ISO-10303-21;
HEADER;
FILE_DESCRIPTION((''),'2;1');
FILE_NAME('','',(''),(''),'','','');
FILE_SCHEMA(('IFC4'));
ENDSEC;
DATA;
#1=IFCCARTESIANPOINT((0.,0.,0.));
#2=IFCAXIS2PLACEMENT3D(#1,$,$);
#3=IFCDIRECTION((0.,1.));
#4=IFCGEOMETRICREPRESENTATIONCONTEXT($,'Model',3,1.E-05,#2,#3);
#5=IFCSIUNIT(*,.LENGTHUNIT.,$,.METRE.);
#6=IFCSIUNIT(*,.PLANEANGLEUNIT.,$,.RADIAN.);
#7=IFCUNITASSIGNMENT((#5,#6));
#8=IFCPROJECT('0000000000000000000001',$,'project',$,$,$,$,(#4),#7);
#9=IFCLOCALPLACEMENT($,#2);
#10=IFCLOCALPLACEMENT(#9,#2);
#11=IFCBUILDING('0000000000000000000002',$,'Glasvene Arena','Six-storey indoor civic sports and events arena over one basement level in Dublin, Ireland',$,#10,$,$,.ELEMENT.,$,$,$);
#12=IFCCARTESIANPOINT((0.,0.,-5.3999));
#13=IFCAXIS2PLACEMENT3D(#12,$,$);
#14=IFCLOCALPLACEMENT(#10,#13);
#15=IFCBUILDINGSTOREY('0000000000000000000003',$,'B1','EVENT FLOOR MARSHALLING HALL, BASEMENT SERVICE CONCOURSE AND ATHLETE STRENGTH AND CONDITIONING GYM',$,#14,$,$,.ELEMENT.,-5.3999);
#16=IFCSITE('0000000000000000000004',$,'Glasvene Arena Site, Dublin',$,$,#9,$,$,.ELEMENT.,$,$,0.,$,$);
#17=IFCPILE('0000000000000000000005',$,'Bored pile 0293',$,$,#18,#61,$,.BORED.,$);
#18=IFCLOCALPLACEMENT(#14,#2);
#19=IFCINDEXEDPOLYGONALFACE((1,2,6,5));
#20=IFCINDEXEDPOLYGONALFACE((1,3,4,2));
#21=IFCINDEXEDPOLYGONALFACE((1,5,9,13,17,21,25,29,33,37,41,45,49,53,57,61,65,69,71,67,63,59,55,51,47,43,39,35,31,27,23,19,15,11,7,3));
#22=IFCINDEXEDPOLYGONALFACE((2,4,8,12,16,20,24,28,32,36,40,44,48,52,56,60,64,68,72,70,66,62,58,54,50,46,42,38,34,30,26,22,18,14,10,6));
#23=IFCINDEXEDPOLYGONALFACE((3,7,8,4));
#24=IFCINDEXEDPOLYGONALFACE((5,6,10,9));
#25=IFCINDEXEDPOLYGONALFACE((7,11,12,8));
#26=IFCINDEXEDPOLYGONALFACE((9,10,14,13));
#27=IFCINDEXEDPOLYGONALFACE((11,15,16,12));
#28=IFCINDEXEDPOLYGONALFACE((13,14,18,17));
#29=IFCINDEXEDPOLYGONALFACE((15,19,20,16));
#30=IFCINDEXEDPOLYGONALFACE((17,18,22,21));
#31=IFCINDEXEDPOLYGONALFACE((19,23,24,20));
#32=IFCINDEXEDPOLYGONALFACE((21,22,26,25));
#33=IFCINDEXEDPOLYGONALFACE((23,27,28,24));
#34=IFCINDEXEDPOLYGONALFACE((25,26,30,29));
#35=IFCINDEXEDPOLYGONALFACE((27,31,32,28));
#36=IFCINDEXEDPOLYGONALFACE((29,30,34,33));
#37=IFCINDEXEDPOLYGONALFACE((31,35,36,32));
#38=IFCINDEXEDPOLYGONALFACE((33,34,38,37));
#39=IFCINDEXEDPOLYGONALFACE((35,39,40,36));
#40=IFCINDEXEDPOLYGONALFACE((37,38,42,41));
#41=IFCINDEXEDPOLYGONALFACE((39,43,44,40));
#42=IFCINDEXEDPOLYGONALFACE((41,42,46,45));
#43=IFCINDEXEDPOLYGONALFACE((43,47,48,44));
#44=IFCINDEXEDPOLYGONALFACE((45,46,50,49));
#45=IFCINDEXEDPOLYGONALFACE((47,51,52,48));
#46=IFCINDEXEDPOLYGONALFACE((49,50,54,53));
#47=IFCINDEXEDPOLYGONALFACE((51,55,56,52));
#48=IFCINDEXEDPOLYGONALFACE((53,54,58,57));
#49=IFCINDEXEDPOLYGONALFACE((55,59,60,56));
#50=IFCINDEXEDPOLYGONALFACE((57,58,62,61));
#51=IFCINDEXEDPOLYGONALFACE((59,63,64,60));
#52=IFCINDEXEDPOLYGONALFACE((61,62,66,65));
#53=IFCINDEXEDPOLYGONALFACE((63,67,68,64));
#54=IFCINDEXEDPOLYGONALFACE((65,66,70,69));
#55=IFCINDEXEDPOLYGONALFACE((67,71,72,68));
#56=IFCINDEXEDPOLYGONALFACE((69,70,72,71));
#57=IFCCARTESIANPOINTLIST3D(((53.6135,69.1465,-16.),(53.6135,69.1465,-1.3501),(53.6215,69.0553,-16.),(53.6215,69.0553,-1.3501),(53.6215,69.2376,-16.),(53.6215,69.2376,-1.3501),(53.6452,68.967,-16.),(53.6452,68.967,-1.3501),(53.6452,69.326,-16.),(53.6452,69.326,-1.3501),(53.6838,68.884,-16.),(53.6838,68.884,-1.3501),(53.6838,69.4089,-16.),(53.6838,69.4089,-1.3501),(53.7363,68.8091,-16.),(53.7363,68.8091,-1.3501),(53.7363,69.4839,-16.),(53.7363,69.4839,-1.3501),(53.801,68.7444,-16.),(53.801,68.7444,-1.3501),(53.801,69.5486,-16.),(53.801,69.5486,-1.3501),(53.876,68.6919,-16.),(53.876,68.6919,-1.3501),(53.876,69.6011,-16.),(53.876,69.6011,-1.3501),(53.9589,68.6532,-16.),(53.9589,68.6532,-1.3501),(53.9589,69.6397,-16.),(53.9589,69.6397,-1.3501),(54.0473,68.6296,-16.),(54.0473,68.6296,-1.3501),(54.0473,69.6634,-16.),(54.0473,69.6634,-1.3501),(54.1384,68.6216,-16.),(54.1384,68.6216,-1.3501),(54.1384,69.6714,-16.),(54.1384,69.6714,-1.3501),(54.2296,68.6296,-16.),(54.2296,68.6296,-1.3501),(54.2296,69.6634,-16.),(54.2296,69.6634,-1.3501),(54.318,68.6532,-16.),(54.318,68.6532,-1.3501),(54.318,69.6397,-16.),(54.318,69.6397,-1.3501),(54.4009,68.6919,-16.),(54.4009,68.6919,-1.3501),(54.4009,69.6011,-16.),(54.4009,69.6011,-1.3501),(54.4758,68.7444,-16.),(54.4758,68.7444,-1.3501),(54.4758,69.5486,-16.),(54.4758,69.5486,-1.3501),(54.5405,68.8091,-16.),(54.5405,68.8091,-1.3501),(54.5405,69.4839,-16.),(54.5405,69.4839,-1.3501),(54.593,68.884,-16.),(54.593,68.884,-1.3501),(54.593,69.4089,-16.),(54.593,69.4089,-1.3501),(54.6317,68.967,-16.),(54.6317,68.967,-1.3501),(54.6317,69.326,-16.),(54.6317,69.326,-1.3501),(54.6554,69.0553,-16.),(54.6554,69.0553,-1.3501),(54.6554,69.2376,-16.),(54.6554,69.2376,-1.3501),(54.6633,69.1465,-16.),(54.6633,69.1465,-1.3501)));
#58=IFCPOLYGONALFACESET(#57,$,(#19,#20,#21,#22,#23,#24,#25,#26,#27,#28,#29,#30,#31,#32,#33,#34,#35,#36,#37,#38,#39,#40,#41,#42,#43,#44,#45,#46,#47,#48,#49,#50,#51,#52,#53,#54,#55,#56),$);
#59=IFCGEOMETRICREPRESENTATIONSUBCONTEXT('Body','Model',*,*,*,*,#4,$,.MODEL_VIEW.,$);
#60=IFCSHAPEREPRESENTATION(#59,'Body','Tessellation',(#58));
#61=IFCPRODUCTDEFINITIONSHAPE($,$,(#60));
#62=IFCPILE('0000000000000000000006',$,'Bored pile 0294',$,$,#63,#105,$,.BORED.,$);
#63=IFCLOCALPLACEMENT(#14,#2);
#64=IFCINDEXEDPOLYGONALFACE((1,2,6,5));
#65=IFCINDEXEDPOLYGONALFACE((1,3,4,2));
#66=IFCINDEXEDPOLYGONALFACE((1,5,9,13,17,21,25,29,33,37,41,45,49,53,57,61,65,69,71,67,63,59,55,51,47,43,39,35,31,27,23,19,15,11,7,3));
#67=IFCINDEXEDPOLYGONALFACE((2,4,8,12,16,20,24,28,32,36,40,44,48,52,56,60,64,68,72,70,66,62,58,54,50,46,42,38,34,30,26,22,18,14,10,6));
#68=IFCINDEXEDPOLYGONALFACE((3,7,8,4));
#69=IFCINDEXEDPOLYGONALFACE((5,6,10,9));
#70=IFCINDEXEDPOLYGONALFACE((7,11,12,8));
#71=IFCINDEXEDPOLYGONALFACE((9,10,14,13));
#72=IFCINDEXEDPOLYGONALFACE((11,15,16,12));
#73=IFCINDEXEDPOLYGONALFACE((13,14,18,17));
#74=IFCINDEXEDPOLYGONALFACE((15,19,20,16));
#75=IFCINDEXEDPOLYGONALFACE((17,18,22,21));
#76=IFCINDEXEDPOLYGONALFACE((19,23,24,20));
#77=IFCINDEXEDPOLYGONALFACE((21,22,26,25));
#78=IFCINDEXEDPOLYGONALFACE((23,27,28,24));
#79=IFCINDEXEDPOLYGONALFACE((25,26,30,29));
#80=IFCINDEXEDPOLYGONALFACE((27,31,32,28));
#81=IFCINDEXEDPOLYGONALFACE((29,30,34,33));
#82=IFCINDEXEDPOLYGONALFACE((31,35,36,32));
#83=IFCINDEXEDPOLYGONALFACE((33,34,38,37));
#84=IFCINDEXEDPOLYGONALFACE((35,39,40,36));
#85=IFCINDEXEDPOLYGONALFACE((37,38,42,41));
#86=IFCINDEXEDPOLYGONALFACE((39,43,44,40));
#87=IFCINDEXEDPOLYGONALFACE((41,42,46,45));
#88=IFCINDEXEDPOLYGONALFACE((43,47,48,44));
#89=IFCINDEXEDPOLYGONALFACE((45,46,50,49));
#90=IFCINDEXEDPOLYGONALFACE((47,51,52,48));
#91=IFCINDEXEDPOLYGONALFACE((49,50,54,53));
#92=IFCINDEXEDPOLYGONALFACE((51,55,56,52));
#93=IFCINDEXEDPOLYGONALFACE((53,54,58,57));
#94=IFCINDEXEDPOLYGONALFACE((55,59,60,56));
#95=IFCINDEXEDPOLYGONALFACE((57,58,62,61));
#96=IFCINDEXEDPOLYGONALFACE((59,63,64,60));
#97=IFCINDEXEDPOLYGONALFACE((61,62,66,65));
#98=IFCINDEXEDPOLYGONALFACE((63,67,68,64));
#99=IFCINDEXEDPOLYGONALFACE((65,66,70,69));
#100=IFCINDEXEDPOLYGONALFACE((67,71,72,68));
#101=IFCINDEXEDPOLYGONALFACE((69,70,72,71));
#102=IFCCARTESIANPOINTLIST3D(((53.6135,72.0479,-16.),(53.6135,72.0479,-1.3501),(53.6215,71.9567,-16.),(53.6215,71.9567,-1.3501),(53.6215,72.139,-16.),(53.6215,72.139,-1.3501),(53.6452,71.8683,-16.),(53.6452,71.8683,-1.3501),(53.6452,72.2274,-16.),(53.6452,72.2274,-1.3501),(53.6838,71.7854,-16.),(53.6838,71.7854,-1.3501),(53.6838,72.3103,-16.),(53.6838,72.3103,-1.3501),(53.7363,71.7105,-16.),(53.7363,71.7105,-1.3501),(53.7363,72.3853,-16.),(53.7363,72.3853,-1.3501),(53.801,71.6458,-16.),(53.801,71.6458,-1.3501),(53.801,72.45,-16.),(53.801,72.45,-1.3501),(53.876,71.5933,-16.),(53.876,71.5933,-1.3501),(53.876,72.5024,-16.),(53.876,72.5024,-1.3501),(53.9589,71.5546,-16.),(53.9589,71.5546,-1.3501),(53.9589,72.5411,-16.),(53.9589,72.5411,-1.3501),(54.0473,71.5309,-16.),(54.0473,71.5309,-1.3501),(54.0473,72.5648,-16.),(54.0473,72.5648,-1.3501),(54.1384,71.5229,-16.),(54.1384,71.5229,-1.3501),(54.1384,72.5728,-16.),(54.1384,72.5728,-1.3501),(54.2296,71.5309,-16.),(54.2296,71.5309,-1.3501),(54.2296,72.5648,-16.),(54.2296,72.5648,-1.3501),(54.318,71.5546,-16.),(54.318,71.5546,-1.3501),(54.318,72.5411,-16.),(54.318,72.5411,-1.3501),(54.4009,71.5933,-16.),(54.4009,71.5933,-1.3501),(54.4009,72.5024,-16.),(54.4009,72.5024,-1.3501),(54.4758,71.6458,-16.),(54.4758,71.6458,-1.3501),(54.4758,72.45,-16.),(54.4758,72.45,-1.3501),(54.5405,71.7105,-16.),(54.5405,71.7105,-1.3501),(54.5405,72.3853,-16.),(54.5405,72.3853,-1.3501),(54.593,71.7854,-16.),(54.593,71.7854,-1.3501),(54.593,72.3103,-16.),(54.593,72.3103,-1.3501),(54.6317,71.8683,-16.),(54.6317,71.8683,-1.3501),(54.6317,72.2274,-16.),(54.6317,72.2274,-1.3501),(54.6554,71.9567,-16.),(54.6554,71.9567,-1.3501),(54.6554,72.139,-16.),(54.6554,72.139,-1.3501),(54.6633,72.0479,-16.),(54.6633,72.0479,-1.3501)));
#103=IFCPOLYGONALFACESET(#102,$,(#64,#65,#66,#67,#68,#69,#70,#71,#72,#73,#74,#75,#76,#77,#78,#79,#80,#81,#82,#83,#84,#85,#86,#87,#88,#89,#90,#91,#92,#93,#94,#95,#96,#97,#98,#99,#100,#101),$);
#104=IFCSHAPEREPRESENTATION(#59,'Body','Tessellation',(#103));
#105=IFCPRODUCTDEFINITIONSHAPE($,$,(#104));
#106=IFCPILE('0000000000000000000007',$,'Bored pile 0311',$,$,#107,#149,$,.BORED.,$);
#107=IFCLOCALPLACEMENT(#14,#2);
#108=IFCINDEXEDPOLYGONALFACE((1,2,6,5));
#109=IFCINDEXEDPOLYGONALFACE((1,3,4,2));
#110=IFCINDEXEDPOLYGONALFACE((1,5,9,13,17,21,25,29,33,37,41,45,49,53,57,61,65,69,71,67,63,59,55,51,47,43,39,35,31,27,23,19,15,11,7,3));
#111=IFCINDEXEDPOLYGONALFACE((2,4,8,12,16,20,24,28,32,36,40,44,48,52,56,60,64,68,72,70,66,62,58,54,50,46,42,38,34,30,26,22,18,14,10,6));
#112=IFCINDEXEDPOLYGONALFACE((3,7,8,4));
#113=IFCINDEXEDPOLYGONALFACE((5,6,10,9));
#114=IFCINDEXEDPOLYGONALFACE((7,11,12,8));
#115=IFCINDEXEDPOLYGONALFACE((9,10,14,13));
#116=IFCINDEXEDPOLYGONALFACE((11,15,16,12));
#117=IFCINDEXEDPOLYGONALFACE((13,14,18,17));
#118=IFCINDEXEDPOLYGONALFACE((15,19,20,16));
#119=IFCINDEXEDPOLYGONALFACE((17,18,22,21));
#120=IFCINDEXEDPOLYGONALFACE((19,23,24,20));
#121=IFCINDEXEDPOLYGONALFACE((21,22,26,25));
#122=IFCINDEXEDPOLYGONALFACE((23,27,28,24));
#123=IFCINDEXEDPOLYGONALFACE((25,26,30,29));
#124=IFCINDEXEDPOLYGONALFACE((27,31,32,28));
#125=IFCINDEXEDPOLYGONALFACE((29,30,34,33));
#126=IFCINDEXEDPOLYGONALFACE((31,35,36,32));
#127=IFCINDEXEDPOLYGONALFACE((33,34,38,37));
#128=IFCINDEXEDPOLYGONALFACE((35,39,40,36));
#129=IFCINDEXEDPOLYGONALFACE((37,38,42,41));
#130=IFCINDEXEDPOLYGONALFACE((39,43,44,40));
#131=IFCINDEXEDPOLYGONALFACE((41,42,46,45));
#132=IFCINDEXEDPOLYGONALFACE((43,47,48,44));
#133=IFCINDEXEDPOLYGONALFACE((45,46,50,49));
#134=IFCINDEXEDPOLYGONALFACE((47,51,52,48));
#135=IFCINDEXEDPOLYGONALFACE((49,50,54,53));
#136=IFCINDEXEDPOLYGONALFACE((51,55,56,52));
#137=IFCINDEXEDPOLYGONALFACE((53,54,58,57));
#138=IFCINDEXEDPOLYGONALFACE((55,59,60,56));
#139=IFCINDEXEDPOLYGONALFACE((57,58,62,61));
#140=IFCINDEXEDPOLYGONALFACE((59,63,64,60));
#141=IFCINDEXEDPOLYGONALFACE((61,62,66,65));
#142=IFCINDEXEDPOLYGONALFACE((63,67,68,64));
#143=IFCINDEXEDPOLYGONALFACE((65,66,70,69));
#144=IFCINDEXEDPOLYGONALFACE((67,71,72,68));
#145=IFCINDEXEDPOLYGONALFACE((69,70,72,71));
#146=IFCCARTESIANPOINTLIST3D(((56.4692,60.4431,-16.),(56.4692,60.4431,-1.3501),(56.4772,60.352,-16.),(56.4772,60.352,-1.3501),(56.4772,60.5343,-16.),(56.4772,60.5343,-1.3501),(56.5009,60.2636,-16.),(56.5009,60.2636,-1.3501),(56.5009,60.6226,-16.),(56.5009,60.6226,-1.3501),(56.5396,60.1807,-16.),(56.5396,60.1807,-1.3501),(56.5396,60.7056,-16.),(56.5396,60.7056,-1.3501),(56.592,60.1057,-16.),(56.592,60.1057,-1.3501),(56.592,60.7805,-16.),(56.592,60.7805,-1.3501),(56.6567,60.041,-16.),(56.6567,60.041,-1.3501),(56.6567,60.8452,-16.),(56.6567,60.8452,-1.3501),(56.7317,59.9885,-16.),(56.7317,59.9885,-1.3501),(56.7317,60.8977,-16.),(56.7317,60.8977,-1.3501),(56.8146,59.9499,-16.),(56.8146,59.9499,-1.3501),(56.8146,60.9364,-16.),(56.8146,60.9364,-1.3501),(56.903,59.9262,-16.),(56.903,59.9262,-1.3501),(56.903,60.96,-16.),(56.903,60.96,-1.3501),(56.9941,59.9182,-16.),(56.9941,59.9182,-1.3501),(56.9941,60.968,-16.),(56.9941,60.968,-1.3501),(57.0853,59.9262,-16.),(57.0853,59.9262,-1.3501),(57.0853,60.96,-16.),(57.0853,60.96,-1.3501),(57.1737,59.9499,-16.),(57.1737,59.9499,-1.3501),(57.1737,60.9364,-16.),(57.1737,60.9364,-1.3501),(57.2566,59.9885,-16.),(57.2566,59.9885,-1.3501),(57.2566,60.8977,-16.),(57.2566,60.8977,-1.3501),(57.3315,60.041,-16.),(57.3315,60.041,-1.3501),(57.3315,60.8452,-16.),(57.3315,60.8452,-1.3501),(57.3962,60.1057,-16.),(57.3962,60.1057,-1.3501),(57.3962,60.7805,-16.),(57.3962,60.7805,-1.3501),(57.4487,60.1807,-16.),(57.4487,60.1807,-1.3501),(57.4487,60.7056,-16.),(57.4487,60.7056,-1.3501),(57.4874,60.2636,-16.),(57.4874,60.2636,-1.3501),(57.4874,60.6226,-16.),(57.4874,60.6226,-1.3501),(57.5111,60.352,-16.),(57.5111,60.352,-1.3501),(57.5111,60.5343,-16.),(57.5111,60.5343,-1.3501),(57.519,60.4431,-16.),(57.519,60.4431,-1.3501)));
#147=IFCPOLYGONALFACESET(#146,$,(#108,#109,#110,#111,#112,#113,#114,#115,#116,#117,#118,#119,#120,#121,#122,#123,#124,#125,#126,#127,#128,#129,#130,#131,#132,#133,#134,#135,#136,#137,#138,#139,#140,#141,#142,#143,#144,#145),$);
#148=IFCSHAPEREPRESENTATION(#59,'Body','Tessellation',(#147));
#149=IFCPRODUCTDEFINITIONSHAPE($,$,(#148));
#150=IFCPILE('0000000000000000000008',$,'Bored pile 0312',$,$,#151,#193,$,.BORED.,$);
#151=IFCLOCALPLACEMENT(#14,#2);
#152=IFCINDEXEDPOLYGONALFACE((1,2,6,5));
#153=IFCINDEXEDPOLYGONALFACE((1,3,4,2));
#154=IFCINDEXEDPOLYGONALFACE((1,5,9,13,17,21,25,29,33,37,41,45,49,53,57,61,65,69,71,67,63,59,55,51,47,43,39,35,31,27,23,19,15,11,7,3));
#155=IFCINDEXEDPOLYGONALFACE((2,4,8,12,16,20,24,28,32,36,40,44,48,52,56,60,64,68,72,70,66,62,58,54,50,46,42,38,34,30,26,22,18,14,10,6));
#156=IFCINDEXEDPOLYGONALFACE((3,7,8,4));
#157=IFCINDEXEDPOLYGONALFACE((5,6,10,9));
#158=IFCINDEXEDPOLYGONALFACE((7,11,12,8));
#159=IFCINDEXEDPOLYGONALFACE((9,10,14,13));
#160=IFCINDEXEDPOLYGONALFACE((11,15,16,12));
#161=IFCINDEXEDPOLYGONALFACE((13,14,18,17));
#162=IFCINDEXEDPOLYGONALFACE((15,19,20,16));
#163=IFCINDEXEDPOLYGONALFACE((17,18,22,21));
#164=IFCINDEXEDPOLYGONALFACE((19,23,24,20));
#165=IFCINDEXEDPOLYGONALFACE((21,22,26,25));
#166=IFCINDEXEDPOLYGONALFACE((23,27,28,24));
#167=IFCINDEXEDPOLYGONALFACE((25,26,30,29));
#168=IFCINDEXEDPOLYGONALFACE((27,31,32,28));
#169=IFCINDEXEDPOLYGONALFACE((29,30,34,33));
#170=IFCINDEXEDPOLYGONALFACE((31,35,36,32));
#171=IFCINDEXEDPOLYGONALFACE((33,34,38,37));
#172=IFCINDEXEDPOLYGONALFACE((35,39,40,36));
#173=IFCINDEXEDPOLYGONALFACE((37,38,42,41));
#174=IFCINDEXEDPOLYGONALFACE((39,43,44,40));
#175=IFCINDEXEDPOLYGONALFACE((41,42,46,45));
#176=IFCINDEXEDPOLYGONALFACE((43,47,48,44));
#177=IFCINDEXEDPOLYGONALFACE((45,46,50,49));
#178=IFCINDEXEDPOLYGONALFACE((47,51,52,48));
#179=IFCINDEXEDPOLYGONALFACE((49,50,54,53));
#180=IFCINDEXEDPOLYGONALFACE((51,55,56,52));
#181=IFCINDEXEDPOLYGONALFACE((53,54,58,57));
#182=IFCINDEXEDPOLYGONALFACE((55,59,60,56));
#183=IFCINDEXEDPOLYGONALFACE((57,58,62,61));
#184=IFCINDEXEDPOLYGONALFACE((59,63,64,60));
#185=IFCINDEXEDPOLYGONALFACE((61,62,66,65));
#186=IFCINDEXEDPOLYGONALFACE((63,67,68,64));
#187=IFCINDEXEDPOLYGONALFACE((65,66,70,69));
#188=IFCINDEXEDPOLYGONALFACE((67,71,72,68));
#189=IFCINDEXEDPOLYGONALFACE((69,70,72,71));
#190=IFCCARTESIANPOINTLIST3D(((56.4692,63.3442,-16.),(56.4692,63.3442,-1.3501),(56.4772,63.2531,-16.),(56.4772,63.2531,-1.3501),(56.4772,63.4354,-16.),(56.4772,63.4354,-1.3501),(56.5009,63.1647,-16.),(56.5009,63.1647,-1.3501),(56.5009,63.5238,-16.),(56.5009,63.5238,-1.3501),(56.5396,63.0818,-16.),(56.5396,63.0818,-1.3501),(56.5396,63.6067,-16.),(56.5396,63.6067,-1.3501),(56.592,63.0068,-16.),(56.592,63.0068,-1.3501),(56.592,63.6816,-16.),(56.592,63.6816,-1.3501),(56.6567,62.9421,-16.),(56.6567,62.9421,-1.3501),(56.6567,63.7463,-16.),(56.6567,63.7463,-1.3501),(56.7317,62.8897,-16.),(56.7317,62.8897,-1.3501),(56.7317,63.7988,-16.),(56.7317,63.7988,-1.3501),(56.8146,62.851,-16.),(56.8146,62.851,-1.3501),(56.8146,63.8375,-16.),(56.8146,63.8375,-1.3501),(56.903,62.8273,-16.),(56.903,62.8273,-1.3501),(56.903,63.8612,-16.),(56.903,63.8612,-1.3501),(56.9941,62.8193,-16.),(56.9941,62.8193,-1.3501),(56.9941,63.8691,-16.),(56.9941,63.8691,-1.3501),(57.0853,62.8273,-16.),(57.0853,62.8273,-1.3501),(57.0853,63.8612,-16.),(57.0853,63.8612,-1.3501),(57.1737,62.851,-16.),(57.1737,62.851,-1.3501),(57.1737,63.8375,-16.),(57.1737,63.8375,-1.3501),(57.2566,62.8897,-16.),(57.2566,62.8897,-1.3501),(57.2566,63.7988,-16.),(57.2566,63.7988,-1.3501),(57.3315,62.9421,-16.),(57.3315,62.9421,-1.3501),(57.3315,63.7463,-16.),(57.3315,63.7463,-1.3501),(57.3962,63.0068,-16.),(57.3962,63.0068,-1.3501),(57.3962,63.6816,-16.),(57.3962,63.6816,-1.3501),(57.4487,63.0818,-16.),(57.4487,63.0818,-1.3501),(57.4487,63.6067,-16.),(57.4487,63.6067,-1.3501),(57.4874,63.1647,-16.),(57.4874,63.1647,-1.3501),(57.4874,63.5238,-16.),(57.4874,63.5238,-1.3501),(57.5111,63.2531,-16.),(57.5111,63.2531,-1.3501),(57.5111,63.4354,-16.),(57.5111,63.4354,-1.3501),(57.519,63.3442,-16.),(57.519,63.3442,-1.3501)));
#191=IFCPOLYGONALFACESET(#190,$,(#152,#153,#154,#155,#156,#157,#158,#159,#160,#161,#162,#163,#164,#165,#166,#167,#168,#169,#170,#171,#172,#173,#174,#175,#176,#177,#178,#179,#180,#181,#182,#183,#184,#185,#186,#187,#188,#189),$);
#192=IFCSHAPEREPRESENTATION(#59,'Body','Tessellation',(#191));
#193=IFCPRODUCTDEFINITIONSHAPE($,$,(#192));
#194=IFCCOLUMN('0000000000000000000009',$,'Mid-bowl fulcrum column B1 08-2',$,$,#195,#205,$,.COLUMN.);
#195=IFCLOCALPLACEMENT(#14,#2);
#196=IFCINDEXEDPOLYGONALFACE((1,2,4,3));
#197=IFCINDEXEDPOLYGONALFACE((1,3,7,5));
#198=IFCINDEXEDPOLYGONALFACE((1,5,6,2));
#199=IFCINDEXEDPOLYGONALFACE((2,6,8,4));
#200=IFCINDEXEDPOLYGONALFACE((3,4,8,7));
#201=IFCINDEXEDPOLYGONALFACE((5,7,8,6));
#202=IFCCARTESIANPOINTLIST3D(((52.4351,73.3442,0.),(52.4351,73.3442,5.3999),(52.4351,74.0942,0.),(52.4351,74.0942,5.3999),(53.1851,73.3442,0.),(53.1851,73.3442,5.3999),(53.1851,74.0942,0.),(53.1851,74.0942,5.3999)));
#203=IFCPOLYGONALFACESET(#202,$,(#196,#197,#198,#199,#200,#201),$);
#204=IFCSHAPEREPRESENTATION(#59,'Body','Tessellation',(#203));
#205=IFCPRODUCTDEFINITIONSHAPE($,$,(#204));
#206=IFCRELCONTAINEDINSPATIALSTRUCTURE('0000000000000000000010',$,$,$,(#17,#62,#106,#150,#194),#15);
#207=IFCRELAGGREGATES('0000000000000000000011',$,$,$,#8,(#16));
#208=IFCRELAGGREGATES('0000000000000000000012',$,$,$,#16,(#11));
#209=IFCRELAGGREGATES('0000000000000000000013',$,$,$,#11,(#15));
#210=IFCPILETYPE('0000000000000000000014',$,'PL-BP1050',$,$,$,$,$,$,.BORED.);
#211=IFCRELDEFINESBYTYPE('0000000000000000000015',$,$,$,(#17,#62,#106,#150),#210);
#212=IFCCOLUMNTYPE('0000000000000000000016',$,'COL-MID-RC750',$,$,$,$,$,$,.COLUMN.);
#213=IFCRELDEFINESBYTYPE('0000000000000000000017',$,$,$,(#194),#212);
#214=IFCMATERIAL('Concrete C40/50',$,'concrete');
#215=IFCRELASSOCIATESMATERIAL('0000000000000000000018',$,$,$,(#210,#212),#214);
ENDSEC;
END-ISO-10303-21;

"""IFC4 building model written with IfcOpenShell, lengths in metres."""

from ifc_helpers import new_model, si_unit, direction, frame, origin, origin_2d, place, context, subcontext, project, spatial, rectangle, circle, extrude, material, material_profile, profile_set, type_object, element, save


model = new_model("IFC4")

# Units and contexts
model_context = context("Model", 3, precision=1e-05, world=origin(), true_north=direction((0.0, 1.0)))
body_context = subcontext(model_context, "Body", "Model", "MODEL_VIEW")
ifc_project = project(units=[si_unit("LENGTHUNIT", "METRE"), si_unit("PLANEANGLEUNIT", "RADIAN")], contexts=[model_context])

# Site, building, storey
site_placement = place(None, origin())
site = spatial("IfcSite", under=ifc_project, at=site_placement, Name="Glasvene Arena Site, Dublin", CompositionType="ELEMENT", RefElevation=0.0)
building_placement = place(site_placement, origin())
building = spatial("IfcBuilding", under=site, at=building_placement, Name="Glasvene Arena", Description="Six-storey indoor civic sports and events arena over one basement level in Dublin, Ireland", CompositionType="ELEMENT")
storey_placement = place(building_placement, frame((0.0, 0.0, -5.3999)))
storey = spatial("IfcBuildingStorey", under=building, at=storey_placement, Name="B1", Description="EVENT FLOOR MARSHALLING HALL, BASEMENT SERVICE CONCOURSE AND ATHLETE STRENGTH AND CONDITIONING GYM", CompositionType="ELEMENT", Elevation=-5.3999)

# Piles
ifc_material_1 = material(Name="Concrete C40/50", Category="concrete")
ifc_material_profile_1 = material_profile(ifc_material_1, circle(Radius=0.5249, at=origin_2d()), Name="BORED PILE 1050")
ifc_profile_set_1 = profile_set([ifc_material_profile_1], Name="Concrete C40/50")
pile_type = type_object("IfcPileType", Name="PL-BP1050", PredefinedType="BORED", material=ifc_profile_set_1)
for number, where, z_axis, x_axis, name in (
    (1, (54.1384, 69.1465, -1.3501), (0.0, 0.0, -1.0), (1.0, 0.0, 0.0), "Bored pile 0293"),
    (2, (54.1384, 72.0479, -1.3501), (0.0, 0.0, -1.0), (1.0, 0.0, 0.0), "Bored pile 0294"),
    (3, (56.9941, 60.4431, -1.3501), (0.0, 0.0, -1.0), (1.0, 0.0, 0.0), "Bored pile 0311"),
    (4, (56.9941, 63.3442, -1.3501), (0.0, 0.0, -1.0), (1.0, 0.0, 0.0), "Bored pile 0312"),
):
    element("IfcPile", number, at=place(storey_placement, frame(where, z_axis=z_axis, x_axis=x_axis)), inside=storey, type_object=pile_type, Name=name, PredefinedType="BORED", context=body_context, shape_type="SweptSolid", body=[
        extrude(circle(Radius=0.5249, at=origin_2d()), origin(), (0.0, 0.0, 1.0), 14.6499),
    ])

# Column
ifc_material_profile_2 = material_profile(ifc_material_1, rectangle(XDim=0.75, YDim=0.75, at=origin_2d()), Name="RC 750x750")
ifc_profile_set_2 = profile_set([ifc_material_profile_2], Name="Concrete C40/50")
column_type_1 = type_object("IfcColumnType", Name="COL-MID-RC750", PredefinedType="COLUMN", material=ifc_profile_set_2)
for number, where, z_axis, x_axis, name in (
    (5, (52.8101, 73.7192, 0.0), (0.0, 0.0, 1.0), (1.0, 0.0, 0.0), "Mid-bowl fulcrum column B1 08-2"),
):
    element("IfcColumn", number, at=place(storey_placement, frame(where, z_axis=z_axis, x_axis=x_axis)), inside=storey, type_object=column_type_1, Name=name, PredefinedType="COLUMN", context=body_context, shape_type="SweptSolid", body=[
        extrude(rectangle(XDim=0.75, YDim=0.75, at=origin_2d()), origin(), (0.0, 0.0, 1.0), 5.3999),
    ])

save(model, "model.ifc")
